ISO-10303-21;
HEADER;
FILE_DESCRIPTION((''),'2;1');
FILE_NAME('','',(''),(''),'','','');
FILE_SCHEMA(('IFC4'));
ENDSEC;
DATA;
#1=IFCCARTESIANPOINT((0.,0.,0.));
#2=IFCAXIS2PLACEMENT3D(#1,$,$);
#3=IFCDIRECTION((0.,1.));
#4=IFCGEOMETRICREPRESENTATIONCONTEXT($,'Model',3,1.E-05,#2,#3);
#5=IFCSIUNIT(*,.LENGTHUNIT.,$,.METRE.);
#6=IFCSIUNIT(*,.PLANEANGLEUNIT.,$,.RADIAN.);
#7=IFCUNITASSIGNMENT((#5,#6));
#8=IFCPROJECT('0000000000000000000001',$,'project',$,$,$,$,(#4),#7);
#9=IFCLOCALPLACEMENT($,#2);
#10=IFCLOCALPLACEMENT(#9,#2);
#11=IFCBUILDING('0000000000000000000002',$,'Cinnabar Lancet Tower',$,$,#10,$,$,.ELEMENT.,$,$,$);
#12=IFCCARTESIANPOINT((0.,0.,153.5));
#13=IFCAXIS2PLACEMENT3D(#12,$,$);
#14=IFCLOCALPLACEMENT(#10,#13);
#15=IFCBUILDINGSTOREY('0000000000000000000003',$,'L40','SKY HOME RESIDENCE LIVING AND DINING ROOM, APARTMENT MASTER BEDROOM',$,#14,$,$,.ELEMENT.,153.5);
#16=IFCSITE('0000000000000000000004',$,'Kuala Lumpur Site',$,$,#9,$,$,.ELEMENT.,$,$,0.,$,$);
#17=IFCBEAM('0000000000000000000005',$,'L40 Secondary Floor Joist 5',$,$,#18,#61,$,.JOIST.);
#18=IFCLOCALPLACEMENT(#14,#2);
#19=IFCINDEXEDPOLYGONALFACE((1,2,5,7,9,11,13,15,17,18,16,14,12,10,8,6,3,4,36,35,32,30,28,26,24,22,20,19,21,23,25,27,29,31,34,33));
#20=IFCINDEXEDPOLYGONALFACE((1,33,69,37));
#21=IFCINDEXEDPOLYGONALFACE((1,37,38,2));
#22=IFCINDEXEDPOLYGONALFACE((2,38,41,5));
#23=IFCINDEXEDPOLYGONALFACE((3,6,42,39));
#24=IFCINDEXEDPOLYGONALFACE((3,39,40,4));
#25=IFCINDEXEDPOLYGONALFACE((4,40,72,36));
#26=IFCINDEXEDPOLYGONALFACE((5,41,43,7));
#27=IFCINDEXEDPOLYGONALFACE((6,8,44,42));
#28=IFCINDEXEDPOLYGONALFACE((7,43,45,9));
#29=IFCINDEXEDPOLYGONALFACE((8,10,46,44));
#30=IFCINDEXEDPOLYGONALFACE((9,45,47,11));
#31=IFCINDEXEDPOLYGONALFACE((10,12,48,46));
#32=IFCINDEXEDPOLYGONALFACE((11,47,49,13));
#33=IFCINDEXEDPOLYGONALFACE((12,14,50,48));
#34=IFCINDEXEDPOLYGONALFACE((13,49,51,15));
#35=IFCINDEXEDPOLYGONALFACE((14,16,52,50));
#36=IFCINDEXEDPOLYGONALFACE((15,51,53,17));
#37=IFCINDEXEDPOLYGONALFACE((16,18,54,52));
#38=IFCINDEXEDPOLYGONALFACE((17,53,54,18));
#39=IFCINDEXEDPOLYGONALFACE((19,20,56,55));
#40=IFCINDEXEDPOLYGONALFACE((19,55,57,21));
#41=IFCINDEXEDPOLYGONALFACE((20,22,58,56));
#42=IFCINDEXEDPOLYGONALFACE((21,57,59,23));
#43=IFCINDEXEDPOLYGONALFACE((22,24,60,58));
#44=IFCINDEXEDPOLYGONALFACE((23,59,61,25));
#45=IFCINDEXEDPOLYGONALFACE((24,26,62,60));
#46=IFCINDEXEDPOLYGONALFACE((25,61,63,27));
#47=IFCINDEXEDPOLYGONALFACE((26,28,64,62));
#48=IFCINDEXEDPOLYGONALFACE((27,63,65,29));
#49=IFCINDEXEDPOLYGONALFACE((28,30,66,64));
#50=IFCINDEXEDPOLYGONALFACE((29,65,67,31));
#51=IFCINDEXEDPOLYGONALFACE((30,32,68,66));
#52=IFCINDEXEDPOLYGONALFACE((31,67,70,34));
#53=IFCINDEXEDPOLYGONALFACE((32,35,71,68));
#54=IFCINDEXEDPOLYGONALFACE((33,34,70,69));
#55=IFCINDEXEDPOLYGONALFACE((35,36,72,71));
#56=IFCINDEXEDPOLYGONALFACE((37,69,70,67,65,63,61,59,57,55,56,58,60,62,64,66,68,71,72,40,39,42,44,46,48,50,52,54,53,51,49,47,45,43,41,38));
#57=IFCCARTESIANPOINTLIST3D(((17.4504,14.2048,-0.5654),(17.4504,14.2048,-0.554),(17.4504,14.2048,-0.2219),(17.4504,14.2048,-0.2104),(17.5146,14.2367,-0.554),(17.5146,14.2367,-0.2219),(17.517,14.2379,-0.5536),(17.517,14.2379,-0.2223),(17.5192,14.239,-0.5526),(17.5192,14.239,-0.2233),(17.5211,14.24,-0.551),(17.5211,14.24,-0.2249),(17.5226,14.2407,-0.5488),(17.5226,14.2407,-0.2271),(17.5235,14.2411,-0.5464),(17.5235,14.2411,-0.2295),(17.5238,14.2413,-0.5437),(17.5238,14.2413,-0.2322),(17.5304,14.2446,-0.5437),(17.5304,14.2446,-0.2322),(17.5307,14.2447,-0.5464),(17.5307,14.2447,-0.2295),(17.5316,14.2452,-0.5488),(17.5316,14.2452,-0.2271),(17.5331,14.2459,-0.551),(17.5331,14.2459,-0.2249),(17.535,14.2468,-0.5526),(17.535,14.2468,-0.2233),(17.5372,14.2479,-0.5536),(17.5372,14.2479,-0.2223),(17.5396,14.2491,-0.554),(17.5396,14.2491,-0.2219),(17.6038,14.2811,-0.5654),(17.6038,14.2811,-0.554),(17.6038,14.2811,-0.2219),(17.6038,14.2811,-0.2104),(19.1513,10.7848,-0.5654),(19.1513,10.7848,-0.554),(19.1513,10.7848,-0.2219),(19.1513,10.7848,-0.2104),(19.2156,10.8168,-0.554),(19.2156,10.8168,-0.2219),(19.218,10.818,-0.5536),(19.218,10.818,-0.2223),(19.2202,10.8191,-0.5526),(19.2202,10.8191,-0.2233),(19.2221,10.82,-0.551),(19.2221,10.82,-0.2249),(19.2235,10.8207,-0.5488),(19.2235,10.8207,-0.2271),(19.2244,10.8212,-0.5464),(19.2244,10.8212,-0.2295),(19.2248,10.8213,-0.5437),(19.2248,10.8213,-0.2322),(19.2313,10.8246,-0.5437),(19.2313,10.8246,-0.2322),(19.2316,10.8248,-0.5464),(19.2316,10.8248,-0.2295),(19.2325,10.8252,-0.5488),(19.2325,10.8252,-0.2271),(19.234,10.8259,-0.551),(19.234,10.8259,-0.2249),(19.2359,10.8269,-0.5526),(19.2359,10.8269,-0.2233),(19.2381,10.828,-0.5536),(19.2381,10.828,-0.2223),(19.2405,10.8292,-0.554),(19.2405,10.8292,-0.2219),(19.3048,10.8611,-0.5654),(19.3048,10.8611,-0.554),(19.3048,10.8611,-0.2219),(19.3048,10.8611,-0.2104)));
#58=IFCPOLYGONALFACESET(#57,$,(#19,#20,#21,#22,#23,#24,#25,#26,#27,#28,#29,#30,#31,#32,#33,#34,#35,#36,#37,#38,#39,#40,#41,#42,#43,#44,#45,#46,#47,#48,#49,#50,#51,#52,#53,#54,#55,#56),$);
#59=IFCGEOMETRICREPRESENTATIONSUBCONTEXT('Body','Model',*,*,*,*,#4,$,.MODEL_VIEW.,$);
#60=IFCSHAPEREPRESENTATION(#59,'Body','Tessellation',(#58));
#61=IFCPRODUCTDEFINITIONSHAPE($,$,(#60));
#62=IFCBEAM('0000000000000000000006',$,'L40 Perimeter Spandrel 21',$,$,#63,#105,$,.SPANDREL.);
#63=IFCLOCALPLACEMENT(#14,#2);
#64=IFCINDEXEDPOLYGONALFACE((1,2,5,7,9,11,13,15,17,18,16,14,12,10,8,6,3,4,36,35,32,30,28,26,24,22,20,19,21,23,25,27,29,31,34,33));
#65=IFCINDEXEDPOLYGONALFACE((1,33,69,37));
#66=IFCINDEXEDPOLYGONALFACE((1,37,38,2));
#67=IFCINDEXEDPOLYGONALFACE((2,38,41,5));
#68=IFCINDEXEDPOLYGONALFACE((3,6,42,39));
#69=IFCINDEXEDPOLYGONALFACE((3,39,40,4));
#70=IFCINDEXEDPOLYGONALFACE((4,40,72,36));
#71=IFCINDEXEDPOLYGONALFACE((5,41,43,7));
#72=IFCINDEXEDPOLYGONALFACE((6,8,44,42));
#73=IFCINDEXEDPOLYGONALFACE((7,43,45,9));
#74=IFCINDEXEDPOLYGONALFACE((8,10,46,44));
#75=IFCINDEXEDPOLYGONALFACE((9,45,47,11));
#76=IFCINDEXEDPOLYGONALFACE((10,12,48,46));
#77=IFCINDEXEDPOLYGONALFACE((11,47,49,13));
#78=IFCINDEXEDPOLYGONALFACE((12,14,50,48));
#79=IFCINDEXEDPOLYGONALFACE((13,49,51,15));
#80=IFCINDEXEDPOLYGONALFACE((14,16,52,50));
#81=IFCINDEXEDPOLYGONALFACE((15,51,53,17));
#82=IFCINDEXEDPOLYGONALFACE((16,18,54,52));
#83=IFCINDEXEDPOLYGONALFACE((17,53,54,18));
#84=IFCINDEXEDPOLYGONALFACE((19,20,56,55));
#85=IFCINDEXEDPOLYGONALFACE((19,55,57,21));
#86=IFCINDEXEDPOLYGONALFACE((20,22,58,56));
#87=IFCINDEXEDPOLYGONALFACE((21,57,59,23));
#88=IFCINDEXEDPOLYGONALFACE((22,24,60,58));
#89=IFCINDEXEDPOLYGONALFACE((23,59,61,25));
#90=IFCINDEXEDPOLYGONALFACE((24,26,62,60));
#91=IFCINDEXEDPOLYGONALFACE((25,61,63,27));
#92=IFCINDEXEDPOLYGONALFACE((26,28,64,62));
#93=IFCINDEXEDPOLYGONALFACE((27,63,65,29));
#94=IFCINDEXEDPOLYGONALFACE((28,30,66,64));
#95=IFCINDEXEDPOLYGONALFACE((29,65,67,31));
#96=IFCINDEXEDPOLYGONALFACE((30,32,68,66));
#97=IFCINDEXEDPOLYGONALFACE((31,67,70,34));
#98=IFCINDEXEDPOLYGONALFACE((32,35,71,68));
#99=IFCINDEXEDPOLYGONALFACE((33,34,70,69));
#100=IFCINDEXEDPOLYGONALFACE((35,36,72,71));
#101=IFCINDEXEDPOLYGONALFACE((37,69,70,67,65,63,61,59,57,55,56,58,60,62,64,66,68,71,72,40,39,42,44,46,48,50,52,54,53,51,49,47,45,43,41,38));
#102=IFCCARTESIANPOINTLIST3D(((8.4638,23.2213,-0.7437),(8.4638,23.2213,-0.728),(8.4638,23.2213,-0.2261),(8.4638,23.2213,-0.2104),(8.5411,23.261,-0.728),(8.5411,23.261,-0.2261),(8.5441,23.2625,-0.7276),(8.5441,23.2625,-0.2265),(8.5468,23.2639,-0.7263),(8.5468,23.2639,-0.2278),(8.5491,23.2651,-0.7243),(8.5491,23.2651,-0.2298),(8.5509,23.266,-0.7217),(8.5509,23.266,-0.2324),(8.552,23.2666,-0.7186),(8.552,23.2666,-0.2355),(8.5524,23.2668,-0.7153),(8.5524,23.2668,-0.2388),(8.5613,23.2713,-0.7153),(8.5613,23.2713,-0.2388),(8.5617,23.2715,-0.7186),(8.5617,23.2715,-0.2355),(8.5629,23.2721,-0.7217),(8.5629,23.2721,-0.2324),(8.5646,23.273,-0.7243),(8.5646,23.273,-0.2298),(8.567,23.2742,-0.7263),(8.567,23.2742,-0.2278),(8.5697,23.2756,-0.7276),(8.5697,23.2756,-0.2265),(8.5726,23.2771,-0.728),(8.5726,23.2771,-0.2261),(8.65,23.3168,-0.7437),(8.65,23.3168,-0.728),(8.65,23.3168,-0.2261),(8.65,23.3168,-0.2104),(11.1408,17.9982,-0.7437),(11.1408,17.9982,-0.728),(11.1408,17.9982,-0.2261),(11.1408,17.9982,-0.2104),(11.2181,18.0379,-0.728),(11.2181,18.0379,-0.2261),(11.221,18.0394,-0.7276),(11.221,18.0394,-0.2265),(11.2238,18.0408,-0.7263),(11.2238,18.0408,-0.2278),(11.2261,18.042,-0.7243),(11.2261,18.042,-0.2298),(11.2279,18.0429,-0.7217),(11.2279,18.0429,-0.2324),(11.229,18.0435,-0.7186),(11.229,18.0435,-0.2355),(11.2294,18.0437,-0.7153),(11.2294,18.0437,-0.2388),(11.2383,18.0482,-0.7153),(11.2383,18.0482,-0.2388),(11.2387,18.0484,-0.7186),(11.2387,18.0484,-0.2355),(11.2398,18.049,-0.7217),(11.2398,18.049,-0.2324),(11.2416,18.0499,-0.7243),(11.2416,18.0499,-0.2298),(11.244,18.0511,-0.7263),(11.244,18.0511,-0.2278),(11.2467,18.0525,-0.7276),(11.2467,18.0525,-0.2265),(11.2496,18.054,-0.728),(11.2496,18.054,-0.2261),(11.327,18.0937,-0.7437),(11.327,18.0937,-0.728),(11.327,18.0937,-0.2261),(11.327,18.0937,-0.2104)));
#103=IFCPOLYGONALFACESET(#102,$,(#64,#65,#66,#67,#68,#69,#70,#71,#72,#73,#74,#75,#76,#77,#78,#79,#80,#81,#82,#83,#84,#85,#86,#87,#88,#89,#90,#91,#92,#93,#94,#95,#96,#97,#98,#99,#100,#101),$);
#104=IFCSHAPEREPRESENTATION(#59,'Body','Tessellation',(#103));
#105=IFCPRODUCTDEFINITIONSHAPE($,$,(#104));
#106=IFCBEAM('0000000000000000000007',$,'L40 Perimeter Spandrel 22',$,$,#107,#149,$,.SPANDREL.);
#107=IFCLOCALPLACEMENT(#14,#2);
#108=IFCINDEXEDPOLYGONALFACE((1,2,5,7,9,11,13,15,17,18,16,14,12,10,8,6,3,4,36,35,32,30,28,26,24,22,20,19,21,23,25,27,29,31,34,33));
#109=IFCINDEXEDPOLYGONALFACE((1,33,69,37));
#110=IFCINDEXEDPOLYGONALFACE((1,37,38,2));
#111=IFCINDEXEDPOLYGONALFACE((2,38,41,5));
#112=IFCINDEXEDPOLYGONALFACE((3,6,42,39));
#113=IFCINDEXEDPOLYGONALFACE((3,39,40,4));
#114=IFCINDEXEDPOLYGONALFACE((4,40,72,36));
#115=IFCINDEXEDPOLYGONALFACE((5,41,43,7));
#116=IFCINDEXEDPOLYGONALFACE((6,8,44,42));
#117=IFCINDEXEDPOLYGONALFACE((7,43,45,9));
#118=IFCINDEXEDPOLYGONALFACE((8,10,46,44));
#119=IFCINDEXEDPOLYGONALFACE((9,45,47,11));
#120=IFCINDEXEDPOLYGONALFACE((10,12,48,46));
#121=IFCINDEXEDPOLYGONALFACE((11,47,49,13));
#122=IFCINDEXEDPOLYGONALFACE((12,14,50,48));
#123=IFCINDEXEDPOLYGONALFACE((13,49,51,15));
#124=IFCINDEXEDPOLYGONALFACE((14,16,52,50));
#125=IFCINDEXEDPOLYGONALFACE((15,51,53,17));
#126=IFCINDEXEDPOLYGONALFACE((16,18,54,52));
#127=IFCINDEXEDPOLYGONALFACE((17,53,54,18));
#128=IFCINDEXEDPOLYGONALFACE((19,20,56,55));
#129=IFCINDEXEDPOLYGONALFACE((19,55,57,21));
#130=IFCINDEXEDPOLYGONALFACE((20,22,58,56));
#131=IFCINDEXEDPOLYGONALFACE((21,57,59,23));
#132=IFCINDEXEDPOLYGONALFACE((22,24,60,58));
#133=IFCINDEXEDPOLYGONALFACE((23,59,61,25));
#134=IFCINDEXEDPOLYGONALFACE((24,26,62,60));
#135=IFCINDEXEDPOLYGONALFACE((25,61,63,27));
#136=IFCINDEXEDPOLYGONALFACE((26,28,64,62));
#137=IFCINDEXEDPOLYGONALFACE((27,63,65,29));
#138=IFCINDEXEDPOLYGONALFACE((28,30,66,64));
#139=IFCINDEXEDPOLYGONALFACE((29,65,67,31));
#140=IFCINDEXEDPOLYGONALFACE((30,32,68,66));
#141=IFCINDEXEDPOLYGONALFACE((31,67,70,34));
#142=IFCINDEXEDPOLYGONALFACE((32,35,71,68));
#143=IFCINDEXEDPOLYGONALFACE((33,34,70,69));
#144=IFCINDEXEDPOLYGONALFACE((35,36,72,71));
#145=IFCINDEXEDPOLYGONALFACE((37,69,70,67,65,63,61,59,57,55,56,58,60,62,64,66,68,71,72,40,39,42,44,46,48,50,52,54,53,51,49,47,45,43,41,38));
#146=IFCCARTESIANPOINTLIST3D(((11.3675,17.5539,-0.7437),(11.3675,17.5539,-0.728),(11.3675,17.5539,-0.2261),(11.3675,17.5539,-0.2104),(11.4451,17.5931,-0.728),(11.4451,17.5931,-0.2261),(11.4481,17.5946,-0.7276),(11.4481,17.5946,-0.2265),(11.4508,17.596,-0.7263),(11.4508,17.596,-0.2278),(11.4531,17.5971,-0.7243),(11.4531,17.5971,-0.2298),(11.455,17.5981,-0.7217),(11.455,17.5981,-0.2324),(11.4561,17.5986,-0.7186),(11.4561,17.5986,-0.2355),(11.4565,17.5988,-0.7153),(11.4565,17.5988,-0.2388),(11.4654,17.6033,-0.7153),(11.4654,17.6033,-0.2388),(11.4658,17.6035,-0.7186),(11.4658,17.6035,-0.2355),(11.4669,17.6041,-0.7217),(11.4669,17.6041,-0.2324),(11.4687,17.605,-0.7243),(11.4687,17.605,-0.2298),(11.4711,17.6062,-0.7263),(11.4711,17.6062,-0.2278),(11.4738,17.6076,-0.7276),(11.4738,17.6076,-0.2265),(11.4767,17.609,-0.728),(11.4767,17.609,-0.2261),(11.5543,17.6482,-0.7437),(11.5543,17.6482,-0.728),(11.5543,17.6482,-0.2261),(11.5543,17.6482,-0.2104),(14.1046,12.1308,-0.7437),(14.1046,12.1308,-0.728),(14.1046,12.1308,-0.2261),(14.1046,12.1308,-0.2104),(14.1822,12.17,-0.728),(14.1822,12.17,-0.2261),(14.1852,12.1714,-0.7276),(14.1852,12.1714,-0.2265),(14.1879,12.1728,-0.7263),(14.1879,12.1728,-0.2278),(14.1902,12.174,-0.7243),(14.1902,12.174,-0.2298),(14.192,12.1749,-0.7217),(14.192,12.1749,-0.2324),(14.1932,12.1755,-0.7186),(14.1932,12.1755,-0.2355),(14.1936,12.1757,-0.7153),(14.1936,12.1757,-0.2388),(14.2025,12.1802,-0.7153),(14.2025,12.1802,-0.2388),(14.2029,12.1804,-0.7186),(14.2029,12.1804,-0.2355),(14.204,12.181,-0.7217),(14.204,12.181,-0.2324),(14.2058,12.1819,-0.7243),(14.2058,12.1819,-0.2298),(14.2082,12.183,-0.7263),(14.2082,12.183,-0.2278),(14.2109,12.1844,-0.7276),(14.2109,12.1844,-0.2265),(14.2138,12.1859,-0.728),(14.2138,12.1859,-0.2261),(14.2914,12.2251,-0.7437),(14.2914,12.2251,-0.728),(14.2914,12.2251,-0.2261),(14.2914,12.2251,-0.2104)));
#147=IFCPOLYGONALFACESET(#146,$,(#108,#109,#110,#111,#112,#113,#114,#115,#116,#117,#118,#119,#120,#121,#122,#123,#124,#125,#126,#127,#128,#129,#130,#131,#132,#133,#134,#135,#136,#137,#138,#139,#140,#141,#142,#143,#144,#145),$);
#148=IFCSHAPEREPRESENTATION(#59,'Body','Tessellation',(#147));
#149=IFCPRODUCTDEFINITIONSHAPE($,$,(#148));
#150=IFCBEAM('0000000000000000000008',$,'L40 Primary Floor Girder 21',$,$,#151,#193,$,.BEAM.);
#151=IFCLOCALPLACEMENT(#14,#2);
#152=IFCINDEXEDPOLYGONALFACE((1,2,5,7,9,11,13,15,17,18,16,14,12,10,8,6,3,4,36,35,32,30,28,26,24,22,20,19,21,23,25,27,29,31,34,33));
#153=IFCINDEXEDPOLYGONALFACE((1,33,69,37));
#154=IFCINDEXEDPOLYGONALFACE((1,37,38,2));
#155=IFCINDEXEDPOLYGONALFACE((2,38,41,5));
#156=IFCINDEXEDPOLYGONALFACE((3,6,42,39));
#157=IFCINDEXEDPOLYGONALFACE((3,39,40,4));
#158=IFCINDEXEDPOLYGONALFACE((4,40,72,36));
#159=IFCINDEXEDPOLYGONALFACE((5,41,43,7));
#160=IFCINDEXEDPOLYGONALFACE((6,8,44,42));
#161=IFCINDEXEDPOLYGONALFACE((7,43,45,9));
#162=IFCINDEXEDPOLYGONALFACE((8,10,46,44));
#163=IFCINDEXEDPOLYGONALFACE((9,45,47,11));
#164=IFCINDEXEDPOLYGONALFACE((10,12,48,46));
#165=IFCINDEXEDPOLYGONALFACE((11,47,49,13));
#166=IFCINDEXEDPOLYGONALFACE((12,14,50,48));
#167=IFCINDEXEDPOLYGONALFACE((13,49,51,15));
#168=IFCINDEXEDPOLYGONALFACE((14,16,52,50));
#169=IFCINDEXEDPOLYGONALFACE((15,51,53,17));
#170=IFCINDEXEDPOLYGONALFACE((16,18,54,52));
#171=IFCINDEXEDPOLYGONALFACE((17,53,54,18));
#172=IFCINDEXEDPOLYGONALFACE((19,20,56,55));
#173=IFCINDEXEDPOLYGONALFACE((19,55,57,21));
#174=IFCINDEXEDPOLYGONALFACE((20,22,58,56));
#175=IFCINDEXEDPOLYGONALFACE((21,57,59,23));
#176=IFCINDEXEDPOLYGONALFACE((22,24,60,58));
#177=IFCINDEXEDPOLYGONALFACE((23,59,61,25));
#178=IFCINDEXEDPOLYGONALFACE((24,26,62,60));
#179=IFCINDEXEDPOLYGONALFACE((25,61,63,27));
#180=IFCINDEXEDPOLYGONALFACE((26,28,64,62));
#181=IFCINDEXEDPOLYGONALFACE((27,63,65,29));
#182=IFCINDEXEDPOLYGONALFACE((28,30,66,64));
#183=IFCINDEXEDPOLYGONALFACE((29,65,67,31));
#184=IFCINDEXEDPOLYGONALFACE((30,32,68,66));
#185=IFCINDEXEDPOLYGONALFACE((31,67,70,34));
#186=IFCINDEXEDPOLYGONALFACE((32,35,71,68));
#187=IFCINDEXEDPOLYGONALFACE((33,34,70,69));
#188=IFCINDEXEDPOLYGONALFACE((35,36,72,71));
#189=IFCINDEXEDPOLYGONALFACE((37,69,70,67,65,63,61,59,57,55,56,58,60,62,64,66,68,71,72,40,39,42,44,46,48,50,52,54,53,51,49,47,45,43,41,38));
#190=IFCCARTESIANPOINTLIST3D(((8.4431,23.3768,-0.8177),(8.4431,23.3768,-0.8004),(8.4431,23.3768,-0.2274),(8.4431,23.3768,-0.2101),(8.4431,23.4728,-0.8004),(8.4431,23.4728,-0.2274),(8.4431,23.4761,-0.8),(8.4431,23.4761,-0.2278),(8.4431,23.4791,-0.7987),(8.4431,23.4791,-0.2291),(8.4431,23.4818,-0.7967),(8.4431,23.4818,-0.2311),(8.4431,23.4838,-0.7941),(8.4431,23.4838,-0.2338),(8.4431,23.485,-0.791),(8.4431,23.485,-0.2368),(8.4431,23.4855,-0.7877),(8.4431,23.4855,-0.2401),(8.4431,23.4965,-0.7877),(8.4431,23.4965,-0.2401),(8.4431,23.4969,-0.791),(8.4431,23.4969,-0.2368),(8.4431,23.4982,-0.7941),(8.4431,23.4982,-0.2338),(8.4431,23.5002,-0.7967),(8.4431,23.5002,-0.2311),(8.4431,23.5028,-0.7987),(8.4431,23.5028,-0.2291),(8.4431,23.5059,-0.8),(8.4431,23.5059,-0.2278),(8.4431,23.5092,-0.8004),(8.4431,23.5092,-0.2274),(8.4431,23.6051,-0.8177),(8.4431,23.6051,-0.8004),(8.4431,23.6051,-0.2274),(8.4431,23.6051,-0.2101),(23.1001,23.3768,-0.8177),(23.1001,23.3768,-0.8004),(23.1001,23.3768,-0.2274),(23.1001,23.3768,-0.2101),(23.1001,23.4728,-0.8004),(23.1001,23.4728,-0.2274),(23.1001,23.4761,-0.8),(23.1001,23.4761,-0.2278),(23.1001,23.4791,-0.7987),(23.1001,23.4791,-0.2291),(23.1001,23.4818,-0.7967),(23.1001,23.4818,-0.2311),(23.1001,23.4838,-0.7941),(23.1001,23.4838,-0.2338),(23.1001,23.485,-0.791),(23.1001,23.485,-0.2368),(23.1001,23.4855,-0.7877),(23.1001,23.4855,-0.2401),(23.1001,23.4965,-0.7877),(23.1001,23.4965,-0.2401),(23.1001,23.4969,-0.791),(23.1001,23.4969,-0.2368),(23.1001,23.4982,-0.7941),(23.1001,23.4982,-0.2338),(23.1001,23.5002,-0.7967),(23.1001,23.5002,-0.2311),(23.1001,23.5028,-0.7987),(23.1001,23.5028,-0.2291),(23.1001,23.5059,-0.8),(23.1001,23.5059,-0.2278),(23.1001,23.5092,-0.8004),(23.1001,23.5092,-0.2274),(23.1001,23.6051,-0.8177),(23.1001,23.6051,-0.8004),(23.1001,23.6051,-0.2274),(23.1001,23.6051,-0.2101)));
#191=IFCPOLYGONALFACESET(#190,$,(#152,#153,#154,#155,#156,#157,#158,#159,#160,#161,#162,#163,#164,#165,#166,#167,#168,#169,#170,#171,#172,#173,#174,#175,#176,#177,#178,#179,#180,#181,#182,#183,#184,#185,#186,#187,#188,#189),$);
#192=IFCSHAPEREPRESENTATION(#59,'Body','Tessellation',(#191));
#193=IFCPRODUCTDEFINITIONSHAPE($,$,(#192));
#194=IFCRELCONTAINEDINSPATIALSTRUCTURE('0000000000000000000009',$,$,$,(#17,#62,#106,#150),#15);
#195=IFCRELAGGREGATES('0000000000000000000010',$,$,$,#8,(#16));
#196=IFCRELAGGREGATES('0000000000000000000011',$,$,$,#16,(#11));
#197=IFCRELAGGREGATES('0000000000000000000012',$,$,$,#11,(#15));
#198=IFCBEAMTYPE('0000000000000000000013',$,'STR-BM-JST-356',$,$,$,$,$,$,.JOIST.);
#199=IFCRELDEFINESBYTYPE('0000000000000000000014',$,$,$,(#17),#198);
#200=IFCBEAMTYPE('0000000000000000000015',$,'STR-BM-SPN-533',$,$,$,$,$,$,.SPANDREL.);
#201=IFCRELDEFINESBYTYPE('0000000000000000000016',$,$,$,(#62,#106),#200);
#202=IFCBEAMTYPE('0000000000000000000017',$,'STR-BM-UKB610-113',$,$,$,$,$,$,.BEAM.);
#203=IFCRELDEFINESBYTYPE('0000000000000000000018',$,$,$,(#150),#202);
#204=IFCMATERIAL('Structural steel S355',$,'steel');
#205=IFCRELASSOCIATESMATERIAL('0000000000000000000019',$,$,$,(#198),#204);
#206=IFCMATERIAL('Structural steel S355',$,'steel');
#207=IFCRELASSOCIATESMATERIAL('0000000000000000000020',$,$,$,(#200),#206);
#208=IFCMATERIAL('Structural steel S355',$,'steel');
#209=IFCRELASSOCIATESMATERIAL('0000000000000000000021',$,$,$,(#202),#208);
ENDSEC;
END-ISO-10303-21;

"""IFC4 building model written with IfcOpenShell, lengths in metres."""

from ifc_helpers import new_model, si_unit, direction, frame, origin, origin_2d, place, context, subcontext, project, spatial, i_section, extrude, material, material_profile, profile_set, type_object, element, save


model = new_model("IFC4")

# Units and contexts
model_context = context("Model", 3, precision=1e-05, world=origin(), true_north=direction((0.0, 1.0)))
body_context = subcontext(model_context, "Body", "Model", "MODEL_VIEW")
ifc_project = project(units=[si_unit("LENGTHUNIT", "METRE"), si_unit("PLANEANGLEUNIT", "RADIAN")], contexts=[model_context])

# Site, building, storey
site_placement = place(None, origin())
site = spatial("IfcSite", under=ifc_project, at=site_placement, Name="Kuala Lumpur Site", CompositionType="ELEMENT", RefElevation=0.0)
building_placement = place(site_placement, origin())
building = spatial("IfcBuilding", under=site, at=building_placement, Name="Cinnabar Lancet Tower", CompositionType="ELEMENT")
storey_placement = place(building_placement, frame((0.0, 0.0, 153.5)))
storey = spatial("IfcBuildingStorey", under=building, at=storey_placement, Name="L40", Description="SKY HOME RESIDENCE LIVING AND DINING ROOM, APARTMENT MASTER BEDROOM", CompositionType="ELEMENT", Elevation=153.5)

# Beams
ifc_material_1 = material(Name="Structural steel S355", Category="steel")
ifc_material_profile_1 = material_profile(ifc_material_1, i_section(OverallWidth=0.1714, OverallDepth=0.355, WebThickness=0.0073, FlangeThickness=0.0115, FilletRadius=0.0103, at=origin_2d()), Name="UKB 356x171x51")
ifc_profile_set_1 = profile_set([ifc_material_profile_1], Name="Structural steel S355")
beam_type_1 = type_object("IfcBeamType", Name="STR-BM-JST-356", PredefinedType="JOIST", material=ifc_profile_set_1)
beam_1_placement = place(storey_placement, frame((17.5271, 14.2429, -0.3879), z_axis=(0.445321, -0.895371, 0.0), x_axis=(0.895371, 0.445321, 0.0)))
element("IfcBeam", 1, at=beam_1_placement, inside=storey, type_object=beam_type_1, Name="L40 Secondary Floor Joist 5", PredefinedType="JOIST", context=body_context, shape_type="SweptSolid", body=[
    extrude(i_section(OverallWidth=0.1714, OverallDepth=0.355, WebThickness=0.0073, FlangeThickness=0.0115, FilletRadius=0.0103, at=origin_2d()), origin(), (0.0, 0.0, 1.0), 3.8196),
])
ifc_material_2 = material(Name="Structural steel S355", Category="steel")
ifc_material_profile_2 = material_profile(ifc_material_2, i_section(OverallWidth=0.2092, OverallDepth=0.5332, WebThickness=0.01, FlangeThickness=0.0156, FilletRadius=0.0127, at=origin_2d()), Name="UKB 533x210x92")
ifc_profile_set_2 = profile_set([ifc_material_profile_2], Name="Structural steel S355")
beam_type_2 = type_object("IfcBeamType", Name="STR-BM-SPN-533", PredefinedType="SPANDREL", material=ifc_profile_set_2)
beam_2_placement = place(storey_placement, frame((8.5569, 23.269, -0.4771), z_axis=(0.45611, -0.889924, 0.0), x_axis=(0.889924, 0.45611, 0.0)))
element("IfcBeam", 2, at=beam_2_placement, inside=storey, type_object=beam_type_2, Name="L40 Perimeter Spandrel 21", PredefinedType="SPANDREL", context=body_context, shape_type="SweptSolid", body=[
    extrude(i_section(OverallWidth=0.2092, OverallDepth=0.5332, WebThickness=0.01, FlangeThickness=0.0156, FilletRadius=0.0127, at=origin_2d()), origin(), (0.0, 0.0, 1.0), 5.8691),
])
beam_3_placement = place(storey_placement, frame((11.4609, 17.6011, -0.4771), z_axis=(0.45057, -0.892741, 0.0), x_axis=(0.892741, 0.45057, 0.0)))
element("IfcBeam", 3, at=beam_3_placement, inside=storey, type_object=beam_type_2, Name="L40 Perimeter Spandrel 22", PredefinedType="SPANDREL", context=body_context, shape_type="SweptSolid", body=[
    extrude(i_section(OverallWidth=0.2092, OverallDepth=0.5332, WebThickness=0.01, FlangeThickness=0.0156, FilletRadius=0.0127, at=origin_2d()), origin(), (0.0, 0.0, 1.0), 6.0747),
])
ifc_material_3 = material(Name="Structural steel S355", Category="steel")
ifc_material_profile_3 = material_profile(ifc_material_3, i_section(OverallWidth=0.2283, OverallDepth=0.6077, WebThickness=0.011, FlangeThickness=0.0173, FilletRadius=0.0127, at=origin_2d()), Name="UKB 610x229x113")
ifc_profile_set_3 = profile_set([ifc_material_profile_3], Name="Structural steel S355")
beam_type_3 = type_object("IfcBeamType", Name="STR-BM-UKB610-113", PredefinedType="BEAM", material=ifc_profile_set_3)
beam_4_placement = place(storey_placement, frame((8.4431, 23.491, -0.5139), z_axis=(1.0, 0.0, 0.0), x_axis=(0.0, 1.0, 0.0)))
element("IfcBeam", 4, at=beam_4_placement, inside=storey, type_object=beam_type_3, Name="L40 Primary Floor Girder 21", PredefinedType="BEAM", context=body_context, shape_type="SweptSolid", body=[
    extrude(i_section(OverallWidth=0.2283, OverallDepth=0.6077, WebThickness=0.011, FlangeThickness=0.0173, FilletRadius=0.0127, at=origin_2d()), origin(), (0.0, 0.0, 1.0), 14.657),
])

save(model, "model.ifc")
